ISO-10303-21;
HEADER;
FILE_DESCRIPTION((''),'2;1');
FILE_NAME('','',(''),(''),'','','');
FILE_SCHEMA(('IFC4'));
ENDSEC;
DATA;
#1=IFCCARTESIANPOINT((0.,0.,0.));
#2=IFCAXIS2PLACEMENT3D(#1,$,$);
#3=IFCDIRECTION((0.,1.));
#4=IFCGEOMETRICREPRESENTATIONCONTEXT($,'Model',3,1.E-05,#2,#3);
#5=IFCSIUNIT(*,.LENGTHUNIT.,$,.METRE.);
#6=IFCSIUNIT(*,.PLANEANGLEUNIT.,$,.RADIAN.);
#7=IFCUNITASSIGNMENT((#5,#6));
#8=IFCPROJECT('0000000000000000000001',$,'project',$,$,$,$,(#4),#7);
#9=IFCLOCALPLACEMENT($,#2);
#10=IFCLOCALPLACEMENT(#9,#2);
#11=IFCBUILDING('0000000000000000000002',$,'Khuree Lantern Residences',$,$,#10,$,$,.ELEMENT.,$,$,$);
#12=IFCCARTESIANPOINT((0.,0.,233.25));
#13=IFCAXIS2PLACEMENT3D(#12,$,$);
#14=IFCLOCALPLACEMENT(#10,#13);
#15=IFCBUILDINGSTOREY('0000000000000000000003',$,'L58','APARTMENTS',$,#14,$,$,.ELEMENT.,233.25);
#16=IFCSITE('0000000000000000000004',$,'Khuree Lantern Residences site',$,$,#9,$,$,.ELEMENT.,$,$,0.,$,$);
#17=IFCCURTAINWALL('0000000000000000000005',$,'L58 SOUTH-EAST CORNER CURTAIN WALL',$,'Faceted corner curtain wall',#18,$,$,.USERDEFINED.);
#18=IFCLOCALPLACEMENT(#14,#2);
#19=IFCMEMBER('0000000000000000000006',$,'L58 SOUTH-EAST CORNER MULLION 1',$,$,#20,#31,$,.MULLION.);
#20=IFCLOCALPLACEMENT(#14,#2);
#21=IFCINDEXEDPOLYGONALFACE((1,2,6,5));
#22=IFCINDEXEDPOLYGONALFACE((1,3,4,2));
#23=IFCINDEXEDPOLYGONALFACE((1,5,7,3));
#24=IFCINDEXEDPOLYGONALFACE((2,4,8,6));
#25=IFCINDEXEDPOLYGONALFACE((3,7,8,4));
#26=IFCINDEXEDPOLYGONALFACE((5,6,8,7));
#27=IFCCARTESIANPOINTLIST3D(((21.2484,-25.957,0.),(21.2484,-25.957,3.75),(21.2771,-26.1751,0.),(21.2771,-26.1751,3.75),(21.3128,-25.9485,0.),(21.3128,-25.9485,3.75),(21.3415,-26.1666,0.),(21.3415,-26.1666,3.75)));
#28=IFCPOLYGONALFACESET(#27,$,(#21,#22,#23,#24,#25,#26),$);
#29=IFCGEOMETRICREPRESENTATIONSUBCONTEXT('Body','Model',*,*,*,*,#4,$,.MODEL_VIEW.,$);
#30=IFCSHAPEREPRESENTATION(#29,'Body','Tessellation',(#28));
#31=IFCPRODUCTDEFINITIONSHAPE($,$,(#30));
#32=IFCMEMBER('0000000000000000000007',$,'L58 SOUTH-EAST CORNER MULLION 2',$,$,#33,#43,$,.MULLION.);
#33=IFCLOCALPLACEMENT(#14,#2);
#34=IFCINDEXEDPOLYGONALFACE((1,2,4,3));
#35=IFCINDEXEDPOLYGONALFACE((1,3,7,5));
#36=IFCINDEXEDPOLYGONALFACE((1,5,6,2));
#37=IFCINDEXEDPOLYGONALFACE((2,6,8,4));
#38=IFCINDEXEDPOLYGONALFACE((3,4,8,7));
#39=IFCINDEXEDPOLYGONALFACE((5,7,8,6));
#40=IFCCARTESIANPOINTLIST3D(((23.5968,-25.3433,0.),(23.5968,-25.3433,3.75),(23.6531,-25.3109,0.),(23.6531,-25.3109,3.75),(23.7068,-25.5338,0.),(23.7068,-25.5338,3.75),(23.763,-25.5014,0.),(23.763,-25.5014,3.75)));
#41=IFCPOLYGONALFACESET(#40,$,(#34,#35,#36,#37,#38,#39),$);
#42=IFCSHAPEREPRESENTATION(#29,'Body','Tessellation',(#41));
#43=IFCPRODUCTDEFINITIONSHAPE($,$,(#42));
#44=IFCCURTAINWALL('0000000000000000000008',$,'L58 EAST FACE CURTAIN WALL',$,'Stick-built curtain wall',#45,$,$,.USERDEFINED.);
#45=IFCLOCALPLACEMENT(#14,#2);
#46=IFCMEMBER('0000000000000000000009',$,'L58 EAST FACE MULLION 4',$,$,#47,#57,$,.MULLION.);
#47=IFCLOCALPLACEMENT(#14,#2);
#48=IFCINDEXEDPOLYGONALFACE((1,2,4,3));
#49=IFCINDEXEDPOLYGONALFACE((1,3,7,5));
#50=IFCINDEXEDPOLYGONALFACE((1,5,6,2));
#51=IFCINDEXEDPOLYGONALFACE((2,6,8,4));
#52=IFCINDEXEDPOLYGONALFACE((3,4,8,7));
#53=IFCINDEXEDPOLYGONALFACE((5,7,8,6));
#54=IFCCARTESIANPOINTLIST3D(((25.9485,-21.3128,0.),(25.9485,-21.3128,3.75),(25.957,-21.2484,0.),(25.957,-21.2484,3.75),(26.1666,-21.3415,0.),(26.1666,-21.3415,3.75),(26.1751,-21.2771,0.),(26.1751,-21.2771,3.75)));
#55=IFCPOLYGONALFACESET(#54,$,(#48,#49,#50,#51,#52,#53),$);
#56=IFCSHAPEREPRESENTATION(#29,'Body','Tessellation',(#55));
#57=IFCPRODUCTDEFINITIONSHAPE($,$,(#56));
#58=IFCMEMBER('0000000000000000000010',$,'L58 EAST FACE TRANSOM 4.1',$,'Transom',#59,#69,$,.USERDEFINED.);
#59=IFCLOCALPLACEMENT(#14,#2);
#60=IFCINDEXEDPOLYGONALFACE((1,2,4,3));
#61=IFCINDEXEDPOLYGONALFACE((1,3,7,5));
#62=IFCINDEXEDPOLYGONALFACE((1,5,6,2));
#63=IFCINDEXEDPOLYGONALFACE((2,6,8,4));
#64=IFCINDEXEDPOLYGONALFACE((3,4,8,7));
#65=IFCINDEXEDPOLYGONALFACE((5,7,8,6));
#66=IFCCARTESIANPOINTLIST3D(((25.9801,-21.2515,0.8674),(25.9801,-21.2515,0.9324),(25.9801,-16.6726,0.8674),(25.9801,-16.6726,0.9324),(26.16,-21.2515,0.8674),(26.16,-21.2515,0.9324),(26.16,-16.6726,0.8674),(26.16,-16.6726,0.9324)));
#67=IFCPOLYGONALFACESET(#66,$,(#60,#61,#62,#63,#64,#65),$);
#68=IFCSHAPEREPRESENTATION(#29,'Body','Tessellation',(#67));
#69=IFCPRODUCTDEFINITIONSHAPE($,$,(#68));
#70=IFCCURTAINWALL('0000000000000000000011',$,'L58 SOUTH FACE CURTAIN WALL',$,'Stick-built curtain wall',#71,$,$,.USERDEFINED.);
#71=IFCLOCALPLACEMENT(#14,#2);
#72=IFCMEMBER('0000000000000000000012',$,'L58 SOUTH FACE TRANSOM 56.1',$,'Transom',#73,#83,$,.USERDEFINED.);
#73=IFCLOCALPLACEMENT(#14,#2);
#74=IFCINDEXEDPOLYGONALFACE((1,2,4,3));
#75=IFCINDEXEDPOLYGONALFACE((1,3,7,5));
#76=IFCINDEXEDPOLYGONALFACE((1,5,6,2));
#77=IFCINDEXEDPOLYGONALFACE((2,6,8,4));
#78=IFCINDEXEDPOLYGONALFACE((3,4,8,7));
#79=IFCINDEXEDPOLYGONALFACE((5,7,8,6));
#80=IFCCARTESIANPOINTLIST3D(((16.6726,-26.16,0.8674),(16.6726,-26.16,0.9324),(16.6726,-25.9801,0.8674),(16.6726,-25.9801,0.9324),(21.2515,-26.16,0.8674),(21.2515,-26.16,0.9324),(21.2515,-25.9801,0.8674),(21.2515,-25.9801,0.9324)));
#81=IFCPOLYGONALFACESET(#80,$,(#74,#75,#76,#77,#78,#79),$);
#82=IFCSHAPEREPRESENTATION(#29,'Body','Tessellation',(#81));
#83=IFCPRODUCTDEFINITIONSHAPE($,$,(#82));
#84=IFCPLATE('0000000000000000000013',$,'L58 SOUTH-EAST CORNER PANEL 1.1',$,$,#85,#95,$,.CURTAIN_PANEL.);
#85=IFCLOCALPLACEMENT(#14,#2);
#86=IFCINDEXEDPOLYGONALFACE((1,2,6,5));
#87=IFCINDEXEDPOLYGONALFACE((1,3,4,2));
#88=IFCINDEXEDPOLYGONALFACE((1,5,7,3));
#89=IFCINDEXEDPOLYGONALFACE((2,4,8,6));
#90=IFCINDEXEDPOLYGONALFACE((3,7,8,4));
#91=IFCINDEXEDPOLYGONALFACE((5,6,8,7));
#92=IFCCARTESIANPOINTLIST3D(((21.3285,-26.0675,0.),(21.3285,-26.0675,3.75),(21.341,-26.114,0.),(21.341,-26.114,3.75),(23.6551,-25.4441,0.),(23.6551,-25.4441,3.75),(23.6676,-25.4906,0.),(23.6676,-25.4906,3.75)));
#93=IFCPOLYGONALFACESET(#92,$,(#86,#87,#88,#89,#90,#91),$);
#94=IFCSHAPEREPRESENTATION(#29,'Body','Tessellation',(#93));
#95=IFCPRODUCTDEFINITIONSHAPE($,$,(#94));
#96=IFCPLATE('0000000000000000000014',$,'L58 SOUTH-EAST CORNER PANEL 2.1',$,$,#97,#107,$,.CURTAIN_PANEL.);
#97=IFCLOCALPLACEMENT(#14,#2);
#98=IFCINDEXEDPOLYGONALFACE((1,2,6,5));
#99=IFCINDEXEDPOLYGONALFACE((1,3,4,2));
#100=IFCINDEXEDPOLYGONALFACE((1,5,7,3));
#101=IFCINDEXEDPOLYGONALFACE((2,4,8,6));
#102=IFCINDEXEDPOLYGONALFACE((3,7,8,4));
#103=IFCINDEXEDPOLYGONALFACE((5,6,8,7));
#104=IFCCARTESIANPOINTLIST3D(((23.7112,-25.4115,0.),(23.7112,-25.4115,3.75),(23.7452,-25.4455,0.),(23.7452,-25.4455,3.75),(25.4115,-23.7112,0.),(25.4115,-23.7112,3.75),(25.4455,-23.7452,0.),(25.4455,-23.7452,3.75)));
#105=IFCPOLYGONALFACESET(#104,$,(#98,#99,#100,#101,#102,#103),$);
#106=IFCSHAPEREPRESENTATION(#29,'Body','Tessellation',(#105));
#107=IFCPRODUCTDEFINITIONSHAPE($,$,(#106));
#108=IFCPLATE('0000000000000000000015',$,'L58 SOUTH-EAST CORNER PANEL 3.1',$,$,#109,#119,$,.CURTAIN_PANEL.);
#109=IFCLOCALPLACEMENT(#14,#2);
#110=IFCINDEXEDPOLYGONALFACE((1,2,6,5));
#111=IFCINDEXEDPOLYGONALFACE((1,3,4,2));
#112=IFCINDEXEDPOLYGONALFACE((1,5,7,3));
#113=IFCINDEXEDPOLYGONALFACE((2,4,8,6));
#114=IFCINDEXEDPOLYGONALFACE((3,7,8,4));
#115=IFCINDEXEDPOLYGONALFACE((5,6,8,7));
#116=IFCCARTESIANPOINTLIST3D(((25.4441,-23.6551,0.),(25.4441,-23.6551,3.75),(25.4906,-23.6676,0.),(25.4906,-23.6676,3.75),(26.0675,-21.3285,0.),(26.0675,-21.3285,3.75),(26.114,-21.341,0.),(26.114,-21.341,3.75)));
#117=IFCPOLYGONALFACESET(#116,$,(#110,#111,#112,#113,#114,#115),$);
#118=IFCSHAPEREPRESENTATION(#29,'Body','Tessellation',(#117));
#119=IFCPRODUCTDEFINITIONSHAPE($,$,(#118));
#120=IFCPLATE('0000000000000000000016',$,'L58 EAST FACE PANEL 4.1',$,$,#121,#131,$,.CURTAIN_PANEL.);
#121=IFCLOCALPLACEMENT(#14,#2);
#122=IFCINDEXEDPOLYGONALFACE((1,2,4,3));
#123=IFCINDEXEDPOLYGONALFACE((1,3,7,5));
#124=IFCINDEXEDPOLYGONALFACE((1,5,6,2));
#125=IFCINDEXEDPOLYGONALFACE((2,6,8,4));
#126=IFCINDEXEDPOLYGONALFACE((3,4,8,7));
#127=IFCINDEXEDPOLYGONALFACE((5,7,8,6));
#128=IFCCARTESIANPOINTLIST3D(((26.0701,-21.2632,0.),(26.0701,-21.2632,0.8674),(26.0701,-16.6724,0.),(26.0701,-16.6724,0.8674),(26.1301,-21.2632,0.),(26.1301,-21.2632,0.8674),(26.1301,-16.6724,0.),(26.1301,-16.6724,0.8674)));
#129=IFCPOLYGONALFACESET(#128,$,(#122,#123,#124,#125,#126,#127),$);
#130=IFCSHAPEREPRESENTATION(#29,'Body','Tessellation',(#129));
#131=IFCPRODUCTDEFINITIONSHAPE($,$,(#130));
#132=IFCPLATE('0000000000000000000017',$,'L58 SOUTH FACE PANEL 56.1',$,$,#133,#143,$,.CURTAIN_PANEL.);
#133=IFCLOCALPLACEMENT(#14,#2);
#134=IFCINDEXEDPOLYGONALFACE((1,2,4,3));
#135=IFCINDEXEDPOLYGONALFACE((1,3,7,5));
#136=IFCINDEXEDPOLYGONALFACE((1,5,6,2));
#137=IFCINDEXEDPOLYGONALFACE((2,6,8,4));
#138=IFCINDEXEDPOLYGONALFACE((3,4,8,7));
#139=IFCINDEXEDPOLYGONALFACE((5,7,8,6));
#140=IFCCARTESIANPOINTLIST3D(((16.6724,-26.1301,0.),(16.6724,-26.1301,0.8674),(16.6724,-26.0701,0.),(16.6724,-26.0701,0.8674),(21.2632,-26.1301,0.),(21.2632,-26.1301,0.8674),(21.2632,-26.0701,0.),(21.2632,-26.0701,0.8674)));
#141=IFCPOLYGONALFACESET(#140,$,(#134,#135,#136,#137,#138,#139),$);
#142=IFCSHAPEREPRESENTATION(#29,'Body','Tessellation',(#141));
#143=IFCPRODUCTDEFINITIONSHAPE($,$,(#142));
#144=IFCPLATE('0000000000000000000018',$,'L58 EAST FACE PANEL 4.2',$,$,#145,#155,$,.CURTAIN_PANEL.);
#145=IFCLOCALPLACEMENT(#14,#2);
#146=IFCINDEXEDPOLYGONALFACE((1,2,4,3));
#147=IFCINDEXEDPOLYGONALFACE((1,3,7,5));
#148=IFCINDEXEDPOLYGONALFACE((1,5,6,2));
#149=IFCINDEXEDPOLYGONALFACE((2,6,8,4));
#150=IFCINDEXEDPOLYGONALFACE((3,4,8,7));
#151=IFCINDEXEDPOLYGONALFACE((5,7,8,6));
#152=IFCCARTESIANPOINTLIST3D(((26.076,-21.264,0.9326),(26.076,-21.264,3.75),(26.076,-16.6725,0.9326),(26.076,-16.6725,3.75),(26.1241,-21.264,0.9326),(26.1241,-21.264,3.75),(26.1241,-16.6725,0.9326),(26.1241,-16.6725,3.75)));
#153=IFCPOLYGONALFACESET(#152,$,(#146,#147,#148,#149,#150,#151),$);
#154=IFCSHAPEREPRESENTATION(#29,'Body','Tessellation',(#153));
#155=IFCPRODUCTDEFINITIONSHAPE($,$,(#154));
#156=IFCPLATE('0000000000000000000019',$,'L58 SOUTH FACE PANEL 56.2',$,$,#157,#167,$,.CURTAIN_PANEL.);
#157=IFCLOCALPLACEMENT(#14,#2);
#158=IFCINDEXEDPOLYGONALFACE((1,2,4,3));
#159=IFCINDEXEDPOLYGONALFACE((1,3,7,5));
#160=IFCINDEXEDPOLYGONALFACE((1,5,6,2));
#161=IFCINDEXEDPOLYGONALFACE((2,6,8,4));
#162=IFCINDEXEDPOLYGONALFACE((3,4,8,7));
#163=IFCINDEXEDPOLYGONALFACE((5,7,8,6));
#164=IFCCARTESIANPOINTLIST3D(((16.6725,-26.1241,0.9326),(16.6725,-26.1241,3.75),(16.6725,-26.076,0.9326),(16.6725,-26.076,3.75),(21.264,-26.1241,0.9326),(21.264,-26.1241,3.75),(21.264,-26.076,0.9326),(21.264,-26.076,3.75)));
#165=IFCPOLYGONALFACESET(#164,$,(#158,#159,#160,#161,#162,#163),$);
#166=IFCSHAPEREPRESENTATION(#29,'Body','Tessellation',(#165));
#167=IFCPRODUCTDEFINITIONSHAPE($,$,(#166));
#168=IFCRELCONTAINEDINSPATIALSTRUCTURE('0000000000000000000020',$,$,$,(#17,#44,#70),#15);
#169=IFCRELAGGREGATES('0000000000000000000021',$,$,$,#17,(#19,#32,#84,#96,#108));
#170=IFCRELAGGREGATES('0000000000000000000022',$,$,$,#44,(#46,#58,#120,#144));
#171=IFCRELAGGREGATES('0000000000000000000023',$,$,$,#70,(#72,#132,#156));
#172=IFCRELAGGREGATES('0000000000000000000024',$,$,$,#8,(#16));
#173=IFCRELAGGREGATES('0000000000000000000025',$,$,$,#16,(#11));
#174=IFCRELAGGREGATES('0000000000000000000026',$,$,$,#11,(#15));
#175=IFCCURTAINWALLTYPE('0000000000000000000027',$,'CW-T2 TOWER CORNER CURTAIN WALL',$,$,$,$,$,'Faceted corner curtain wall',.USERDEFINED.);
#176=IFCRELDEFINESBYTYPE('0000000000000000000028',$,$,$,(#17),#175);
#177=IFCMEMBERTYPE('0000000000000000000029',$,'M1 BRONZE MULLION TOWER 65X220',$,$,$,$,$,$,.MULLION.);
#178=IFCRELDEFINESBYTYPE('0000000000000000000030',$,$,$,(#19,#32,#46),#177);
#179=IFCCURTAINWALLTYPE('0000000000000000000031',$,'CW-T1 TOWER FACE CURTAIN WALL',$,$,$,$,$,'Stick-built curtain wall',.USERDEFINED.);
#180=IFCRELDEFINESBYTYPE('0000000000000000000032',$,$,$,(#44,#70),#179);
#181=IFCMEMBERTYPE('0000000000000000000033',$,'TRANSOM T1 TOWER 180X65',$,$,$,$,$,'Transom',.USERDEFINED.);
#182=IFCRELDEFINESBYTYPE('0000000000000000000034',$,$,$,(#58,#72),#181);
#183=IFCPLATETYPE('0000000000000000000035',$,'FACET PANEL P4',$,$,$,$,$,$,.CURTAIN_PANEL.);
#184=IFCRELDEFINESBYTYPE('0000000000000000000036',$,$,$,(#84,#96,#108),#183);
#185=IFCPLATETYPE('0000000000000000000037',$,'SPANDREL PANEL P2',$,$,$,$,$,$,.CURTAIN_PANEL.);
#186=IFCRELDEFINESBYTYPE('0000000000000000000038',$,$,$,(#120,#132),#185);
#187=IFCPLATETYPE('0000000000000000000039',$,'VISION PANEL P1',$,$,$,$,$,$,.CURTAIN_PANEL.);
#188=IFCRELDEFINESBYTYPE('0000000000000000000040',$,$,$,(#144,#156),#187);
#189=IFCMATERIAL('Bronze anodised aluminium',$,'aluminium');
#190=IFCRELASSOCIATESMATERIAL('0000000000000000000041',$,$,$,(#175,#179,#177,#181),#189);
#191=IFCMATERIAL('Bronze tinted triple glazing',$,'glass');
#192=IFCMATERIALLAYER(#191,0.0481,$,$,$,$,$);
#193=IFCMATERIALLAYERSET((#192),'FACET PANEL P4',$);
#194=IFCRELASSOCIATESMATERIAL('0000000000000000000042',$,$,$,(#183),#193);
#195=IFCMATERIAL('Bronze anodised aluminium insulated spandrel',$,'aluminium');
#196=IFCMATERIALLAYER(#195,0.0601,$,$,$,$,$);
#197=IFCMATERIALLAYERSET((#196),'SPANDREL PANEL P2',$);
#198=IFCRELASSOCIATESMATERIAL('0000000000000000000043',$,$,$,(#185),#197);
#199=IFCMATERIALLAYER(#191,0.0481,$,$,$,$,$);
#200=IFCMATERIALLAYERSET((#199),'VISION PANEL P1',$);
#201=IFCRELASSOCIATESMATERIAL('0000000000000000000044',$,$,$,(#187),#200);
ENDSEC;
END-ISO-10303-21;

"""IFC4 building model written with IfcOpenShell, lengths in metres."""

from ifc_helpers import new_model, si_unit, direction, frame, origin, origin_2d, place, context, subcontext, project, spatial, rectangle, extrude, material, layer, layer_set, material_profile, profile_set, type_object, element, aggregate, save


model = new_model("IFC4")

# Units and contexts
model_context = context("Model", 3, precision=1e-05, world=origin(), true_north=direction((0.0, 1.0)))
body_context = subcontext(model_context, "Body", "Model", "MODEL_VIEW")
ifc_project = project(units=[si_unit("LENGTHUNIT", "METRE"), si_unit("PLANEANGLEUNIT", "RADIAN")], contexts=[model_context])

# Site, building, storey
site_placement = place(None, origin())
site = spatial("IfcSite", under=ifc_project, at=site_placement, Name="Khuree Lantern Residences site", CompositionType="ELEMENT", RefElevation=0.0)
building_placement = place(site_placement, origin())
building = spatial("IfcBuilding", under=site, at=building_placement, Name="Khuree Lantern Residences", CompositionType="ELEMENT")
storey_placement = place(building_placement, frame((0.0, 0.0, 233.25)))
storey = spatial("IfcBuildingStorey", under=building, at=storey_placement, Name="L58", Description="APARTMENTS", CompositionType="ELEMENT", Elevation=233.25)

# Curtain wall
ifc_material_1 = material(Name="Bronze anodised aluminium", Category="aluminium")
curtain_wall_type_1 = type_object("IfcCurtainWallType", Name="CW-T2 TOWER CORNER CURTAIN WALL", ElementType="Faceted corner curtain wall", PredefinedType="USERDEFINED", material=ifc_material_1)
curtain_wall_1_placement = place(storey_placement, origin())
curtain_wall_1 = element("IfcCurtainWall", 1, at=curtain_wall_1_placement, inside=storey, type_object=curtain_wall_type_1, Name="L58 SOUTH-EAST CORNER CURTAIN WALL", ObjectType="Faceted corner curtain wall", PredefinedType="USERDEFINED")

# Members
ifc_material_profile_1 = material_profile(ifc_material_1, rectangle(XDim=0.0649, YDim=0.22, at=origin_2d()), Name="M1 65X220")
ifc_profile_set_1 = profile_set([ifc_material_profile_1], Name="Bronze anodised aluminium")
member_type_1 = type_object("IfcMemberType", Name="M1 BRONZE MULLION TOWER 65X220", PredefinedType="MULLION", material=ifc_profile_set_1)
member_1_placement = place(storey_placement, frame((21.2949, -26.0618, 0.0), z_axis=(0.0, 0.0, 1.0), x_axis=(0.991445, 0.130526, 0.0)))
member_1 = element("IfcMember", 2, at=member_1_placement, type_object=member_type_1, Name="L58 SOUTH-EAST CORNER MULLION 1", PredefinedType="MULLION", context=body_context, shape_type="SweptSolid", body=[
    extrude(rectangle(XDim=0.0649, YDim=0.22, at=origin_2d()), origin(), (0.0, 0.0, 1.0), 3.75),
])
member_2_placement = place(storey_placement, frame((23.6799, -25.4224, 0.0), z_axis=(0.0, 0.0, 1.0), x_axis=(0.866025, 0.5, 0.0)))
member_2 = element("IfcMember", 3, at=member_2_placement, type_object=member_type_1, Name="L58 SOUTH-EAST CORNER MULLION 2", PredefinedType="MULLION", context=body_context, shape_type="SweptSolid", body=[
    extrude(rectangle(XDim=0.0649, YDim=0.22, at=origin_2d()), origin(), (0.0, 0.0, 1.0), 3.75),
])

# Curtain wall, members
curtain_wall_type_2 = type_object("IfcCurtainWallType", Name="CW-T1 TOWER FACE CURTAIN WALL", ElementType="Stick-built curtain wall", PredefinedType="USERDEFINED", material=ifc_material_1)
curtain_wall_2_placement = place(storey_placement, origin())
curtain_wall_2 = element("IfcCurtainWall", 4, at=curtain_wall_2_placement, inside=storey, type_object=curtain_wall_type_2, Name="L58 EAST FACE CURTAIN WALL", ObjectType="Stick-built curtain wall", PredefinedType="USERDEFINED")
member_3_placement = place(storey_placement, frame((26.0618, -21.2949, 0.0), z_axis=(0.0, 0.0, 1.0), x_axis=(0.130526, 0.991445, 0.0)))
member_3 = element("IfcMember", 5, at=member_3_placement, type_object=member_type_1, Name="L58 EAST FACE MULLION 4", PredefinedType="MULLION", context=body_context, shape_type="SweptSolid", body=[
    extrude(rectangle(XDim=0.0649, YDim=0.22, at=origin_2d()), origin(), (0.0, 0.0, 1.0), 3.75),
])
ifc_material_profile_2 = material_profile(ifc_material_1, rectangle(XDim=0.1799, YDim=0.0649, at=origin_2d()), Name="T1 180X65")
ifc_profile_set_2 = profile_set([ifc_material_profile_2], Name="Bronze anodised aluminium")
member_type_2 = type_object("IfcMemberType", Name="TRANSOM T1 TOWER 180X65", ElementType="Transom", PredefinedType="USERDEFINED", material=ifc_profile_set_2)
member_4_placement = place(storey_placement, frame((26.0701, -21.2515, 0.8999), z_axis=(0.0, 1.0, 0.0), x_axis=(-1.0, 0.0, 0.0)))
member_4 = element("IfcMember", 6, at=member_4_placement, type_object=member_type_2, Name="L58 EAST FACE TRANSOM 4.1", ObjectType="Transom", PredefinedType="USERDEFINED", context=body_context, shape_type="SweptSolid", body=[
    extrude(rectangle(XDim=0.1799, YDim=0.0649, at=origin_2d()), origin(), (0.0, 0.0, 1.0), 4.5789),
])

# Curtain wall, member
curtain_wall_3_placement = place(storey_placement, origin())
curtain_wall_3 = element("IfcCurtainWall", 7, at=curtain_wall_3_placement, inside=storey, type_object=curtain_wall_type_2, Name="L58 SOUTH FACE CURTAIN WALL", ObjectType="Stick-built curtain wall", PredefinedType="USERDEFINED")
member_5_placement = place(storey_placement, frame((16.6726, -26.0701, 0.8999), z_axis=(1.0, 0.0, 0.0), x_axis=(0.0, 1.0, 0.0)))
member_5 = element("IfcMember", 8, at=member_5_placement, type_object=member_type_2, Name="L58 SOUTH FACE TRANSOM 56.1", ObjectType="Transom", PredefinedType="USERDEFINED", context=body_context, shape_type="SweptSolid", body=[
    extrude(rectangle(XDim=0.1799, YDim=0.0649, at=origin_2d()), origin(), (0.0, 0.0, 1.0), 4.5789),
])

# Plates
ifc_material_2 = material(Name="Bronze tinted triple glazing", Category="glass")
ifc_layer_1 = layer(ifc_material_2, 0.0481)
ifc_layer_set_1 = layer_set([ifc_layer_1], Name="FACET PANEL P4")
plate_type_1 = type_object("IfcPlateType", Name="FACET PANEL P4", PredefinedType="CURTAIN_PANEL", material=ifc_layer_set_1)
plate_1_placement = place(storey_placement, frame((22.498, -25.7791, 0.0), z_axis=(0.0, 0.0, 1.0), x_axis=(0.965926, 0.258819, 0.0)))
plate_1 = element("IfcPlate", 9, at=plate_1_placement, type_object=plate_type_1, Name="L58 SOUTH-EAST CORNER PANEL 1.1", PredefinedType="CURTAIN_PANEL", context=body_context, shape_type="SweptSolid", body=[
    extrude(rectangle(XDim=2.4087, YDim=0.0481, at=origin_2d()), origin(), (0.0, 0.0, 1.0), 3.75),
])
plate_2_placement = place(storey_placement, frame((24.5784, -24.5784, 0.0), z_axis=(0.0, 0.0, 1.0), x_axis=(0.707107, 0.707107, 0.0)))
plate_2 = element("IfcPlate", 10, at=plate_2_placement, type_object=plate_type_1, Name="L58 SOUTH-EAST CORNER PANEL 2.1", PredefinedType="CURTAIN_PANEL", context=body_context, shape_type="SweptSolid", body=[
    extrude(rectangle(XDim=2.4045, YDim=0.0481, at=origin_2d()), origin(), (0.0, 0.0, 1.0), 3.75),
])
plate_3_placement = place(storey_placement, frame((25.7791, -22.498, 0.0), z_axis=(0.0, 0.0, 1.0), x_axis=(0.258819, 0.965926, 0.0)))
plate_3 = element("IfcPlate", 11, at=plate_3_placement, type_object=plate_type_1, Name="L58 SOUTH-EAST CORNER PANEL 3.1", PredefinedType="CURTAIN_PANEL", context=body_context, shape_type="SweptSolid", body=[
    extrude(rectangle(XDim=2.4087, YDim=0.0481, at=origin_2d()), origin(), (0.0, 0.0, 1.0), 3.75),
])
aggregate(curtain_wall_1, [member_1, member_2, plate_1, plate_2, plate_3])
ifc_material_3 = material(Name="Bronze anodised aluminium insulated spandrel", Category="aluminium")
ifc_layer_2 = layer(ifc_material_3, 0.0601)
ifc_layer_set_2 = layer_set([ifc_layer_2], Name="SPANDREL PANEL P2")
plate_type_2 = type_object("IfcPlateType", Name="SPANDREL PANEL P2", PredefinedType="CURTAIN_PANEL", material=ifc_layer_set_2)
plate_4_placement = place(storey_placement, frame((26.1001, -18.9678, 0.0), z_axis=(0.0, 0.0, 1.0), x_axis=(0.0, 1.0, 0.0)))
plate_4 = element("IfcPlate", 12, at=plate_4_placement, type_object=plate_type_2, Name="L58 EAST FACE PANEL 4.1", PredefinedType="CURTAIN_PANEL", context=body_context, shape_type="SweptSolid", body=[
    extrude(rectangle(XDim=4.5908, YDim=0.0601, at=origin_2d()), origin(), (0.0, 0.0, 1.0), 0.8674),
])
plate_5_placement = place(storey_placement, frame((18.9678, -26.1001, 0.0), z_axis=(0.0, 0.0, 1.0), x_axis=(1.0, 0.0, 0.0)))
plate_5 = element("IfcPlate", 13, at=plate_5_placement, type_object=plate_type_2, Name="L58 SOUTH FACE PANEL 56.1", PredefinedType="CURTAIN_PANEL", context=body_context, shape_type="SweptSolid", body=[
    extrude(rectangle(XDim=4.5908, YDim=0.0601, at=origin_2d()), origin(), (0.0, 0.0, 1.0), 0.8674),
])
ifc_layer_3 = layer(ifc_material_2, 0.0481)
ifc_layer_set_3 = layer_set([ifc_layer_3], Name="VISION PANEL P1")
plate_type_3 = type_object("IfcPlateType", Name="VISION PANEL P1", PredefinedType="CURTAIN_PANEL", material=ifc_layer_set_3)
plate_6_placement = place(storey_placement, frame((26.1001, -18.9683, 0.9326), z_axis=(0.0, 0.0, 1.0), x_axis=(0.0, 1.0, 0.0)))
plate_6 = element("IfcPlate", 14, at=plate_6_placement, type_object=plate_type_3, Name="L58 EAST FACE PANEL 4.2", PredefinedType="CURTAIN_PANEL", context=body_context, shape_type="SweptSolid", body=[
    extrude(rectangle(XDim=4.5916, YDim=0.0481, at=origin_2d()), origin(), (0.0, 0.0, 1.0), 2.8174),
])
aggregate(curtain_wall_2, [member_3, member_4, plate_4, plate_6])
plate_7_placement = place(storey_placement, frame((18.9683, -26.1001, 0.9326), z_axis=(0.0, 0.0, 1.0), x_axis=(1.0, 0.0, 0.0)))
plate_7 = element("IfcPlate", 15, at=plate_7_placement, type_object=plate_type_3, Name="L58 SOUTH FACE PANEL 56.2", PredefinedType="CURTAIN_PANEL", context=body_context, shape_type="SweptSolid", body=[
    extrude(rectangle(XDim=4.5916, YDim=0.0481, at=origin_2d()), origin(), (0.0, 0.0, 1.0), 2.8174),
])
aggregate(curtain_wall_3, [member_5, plate_5, plate_7])

save(model, "model.ifc")
